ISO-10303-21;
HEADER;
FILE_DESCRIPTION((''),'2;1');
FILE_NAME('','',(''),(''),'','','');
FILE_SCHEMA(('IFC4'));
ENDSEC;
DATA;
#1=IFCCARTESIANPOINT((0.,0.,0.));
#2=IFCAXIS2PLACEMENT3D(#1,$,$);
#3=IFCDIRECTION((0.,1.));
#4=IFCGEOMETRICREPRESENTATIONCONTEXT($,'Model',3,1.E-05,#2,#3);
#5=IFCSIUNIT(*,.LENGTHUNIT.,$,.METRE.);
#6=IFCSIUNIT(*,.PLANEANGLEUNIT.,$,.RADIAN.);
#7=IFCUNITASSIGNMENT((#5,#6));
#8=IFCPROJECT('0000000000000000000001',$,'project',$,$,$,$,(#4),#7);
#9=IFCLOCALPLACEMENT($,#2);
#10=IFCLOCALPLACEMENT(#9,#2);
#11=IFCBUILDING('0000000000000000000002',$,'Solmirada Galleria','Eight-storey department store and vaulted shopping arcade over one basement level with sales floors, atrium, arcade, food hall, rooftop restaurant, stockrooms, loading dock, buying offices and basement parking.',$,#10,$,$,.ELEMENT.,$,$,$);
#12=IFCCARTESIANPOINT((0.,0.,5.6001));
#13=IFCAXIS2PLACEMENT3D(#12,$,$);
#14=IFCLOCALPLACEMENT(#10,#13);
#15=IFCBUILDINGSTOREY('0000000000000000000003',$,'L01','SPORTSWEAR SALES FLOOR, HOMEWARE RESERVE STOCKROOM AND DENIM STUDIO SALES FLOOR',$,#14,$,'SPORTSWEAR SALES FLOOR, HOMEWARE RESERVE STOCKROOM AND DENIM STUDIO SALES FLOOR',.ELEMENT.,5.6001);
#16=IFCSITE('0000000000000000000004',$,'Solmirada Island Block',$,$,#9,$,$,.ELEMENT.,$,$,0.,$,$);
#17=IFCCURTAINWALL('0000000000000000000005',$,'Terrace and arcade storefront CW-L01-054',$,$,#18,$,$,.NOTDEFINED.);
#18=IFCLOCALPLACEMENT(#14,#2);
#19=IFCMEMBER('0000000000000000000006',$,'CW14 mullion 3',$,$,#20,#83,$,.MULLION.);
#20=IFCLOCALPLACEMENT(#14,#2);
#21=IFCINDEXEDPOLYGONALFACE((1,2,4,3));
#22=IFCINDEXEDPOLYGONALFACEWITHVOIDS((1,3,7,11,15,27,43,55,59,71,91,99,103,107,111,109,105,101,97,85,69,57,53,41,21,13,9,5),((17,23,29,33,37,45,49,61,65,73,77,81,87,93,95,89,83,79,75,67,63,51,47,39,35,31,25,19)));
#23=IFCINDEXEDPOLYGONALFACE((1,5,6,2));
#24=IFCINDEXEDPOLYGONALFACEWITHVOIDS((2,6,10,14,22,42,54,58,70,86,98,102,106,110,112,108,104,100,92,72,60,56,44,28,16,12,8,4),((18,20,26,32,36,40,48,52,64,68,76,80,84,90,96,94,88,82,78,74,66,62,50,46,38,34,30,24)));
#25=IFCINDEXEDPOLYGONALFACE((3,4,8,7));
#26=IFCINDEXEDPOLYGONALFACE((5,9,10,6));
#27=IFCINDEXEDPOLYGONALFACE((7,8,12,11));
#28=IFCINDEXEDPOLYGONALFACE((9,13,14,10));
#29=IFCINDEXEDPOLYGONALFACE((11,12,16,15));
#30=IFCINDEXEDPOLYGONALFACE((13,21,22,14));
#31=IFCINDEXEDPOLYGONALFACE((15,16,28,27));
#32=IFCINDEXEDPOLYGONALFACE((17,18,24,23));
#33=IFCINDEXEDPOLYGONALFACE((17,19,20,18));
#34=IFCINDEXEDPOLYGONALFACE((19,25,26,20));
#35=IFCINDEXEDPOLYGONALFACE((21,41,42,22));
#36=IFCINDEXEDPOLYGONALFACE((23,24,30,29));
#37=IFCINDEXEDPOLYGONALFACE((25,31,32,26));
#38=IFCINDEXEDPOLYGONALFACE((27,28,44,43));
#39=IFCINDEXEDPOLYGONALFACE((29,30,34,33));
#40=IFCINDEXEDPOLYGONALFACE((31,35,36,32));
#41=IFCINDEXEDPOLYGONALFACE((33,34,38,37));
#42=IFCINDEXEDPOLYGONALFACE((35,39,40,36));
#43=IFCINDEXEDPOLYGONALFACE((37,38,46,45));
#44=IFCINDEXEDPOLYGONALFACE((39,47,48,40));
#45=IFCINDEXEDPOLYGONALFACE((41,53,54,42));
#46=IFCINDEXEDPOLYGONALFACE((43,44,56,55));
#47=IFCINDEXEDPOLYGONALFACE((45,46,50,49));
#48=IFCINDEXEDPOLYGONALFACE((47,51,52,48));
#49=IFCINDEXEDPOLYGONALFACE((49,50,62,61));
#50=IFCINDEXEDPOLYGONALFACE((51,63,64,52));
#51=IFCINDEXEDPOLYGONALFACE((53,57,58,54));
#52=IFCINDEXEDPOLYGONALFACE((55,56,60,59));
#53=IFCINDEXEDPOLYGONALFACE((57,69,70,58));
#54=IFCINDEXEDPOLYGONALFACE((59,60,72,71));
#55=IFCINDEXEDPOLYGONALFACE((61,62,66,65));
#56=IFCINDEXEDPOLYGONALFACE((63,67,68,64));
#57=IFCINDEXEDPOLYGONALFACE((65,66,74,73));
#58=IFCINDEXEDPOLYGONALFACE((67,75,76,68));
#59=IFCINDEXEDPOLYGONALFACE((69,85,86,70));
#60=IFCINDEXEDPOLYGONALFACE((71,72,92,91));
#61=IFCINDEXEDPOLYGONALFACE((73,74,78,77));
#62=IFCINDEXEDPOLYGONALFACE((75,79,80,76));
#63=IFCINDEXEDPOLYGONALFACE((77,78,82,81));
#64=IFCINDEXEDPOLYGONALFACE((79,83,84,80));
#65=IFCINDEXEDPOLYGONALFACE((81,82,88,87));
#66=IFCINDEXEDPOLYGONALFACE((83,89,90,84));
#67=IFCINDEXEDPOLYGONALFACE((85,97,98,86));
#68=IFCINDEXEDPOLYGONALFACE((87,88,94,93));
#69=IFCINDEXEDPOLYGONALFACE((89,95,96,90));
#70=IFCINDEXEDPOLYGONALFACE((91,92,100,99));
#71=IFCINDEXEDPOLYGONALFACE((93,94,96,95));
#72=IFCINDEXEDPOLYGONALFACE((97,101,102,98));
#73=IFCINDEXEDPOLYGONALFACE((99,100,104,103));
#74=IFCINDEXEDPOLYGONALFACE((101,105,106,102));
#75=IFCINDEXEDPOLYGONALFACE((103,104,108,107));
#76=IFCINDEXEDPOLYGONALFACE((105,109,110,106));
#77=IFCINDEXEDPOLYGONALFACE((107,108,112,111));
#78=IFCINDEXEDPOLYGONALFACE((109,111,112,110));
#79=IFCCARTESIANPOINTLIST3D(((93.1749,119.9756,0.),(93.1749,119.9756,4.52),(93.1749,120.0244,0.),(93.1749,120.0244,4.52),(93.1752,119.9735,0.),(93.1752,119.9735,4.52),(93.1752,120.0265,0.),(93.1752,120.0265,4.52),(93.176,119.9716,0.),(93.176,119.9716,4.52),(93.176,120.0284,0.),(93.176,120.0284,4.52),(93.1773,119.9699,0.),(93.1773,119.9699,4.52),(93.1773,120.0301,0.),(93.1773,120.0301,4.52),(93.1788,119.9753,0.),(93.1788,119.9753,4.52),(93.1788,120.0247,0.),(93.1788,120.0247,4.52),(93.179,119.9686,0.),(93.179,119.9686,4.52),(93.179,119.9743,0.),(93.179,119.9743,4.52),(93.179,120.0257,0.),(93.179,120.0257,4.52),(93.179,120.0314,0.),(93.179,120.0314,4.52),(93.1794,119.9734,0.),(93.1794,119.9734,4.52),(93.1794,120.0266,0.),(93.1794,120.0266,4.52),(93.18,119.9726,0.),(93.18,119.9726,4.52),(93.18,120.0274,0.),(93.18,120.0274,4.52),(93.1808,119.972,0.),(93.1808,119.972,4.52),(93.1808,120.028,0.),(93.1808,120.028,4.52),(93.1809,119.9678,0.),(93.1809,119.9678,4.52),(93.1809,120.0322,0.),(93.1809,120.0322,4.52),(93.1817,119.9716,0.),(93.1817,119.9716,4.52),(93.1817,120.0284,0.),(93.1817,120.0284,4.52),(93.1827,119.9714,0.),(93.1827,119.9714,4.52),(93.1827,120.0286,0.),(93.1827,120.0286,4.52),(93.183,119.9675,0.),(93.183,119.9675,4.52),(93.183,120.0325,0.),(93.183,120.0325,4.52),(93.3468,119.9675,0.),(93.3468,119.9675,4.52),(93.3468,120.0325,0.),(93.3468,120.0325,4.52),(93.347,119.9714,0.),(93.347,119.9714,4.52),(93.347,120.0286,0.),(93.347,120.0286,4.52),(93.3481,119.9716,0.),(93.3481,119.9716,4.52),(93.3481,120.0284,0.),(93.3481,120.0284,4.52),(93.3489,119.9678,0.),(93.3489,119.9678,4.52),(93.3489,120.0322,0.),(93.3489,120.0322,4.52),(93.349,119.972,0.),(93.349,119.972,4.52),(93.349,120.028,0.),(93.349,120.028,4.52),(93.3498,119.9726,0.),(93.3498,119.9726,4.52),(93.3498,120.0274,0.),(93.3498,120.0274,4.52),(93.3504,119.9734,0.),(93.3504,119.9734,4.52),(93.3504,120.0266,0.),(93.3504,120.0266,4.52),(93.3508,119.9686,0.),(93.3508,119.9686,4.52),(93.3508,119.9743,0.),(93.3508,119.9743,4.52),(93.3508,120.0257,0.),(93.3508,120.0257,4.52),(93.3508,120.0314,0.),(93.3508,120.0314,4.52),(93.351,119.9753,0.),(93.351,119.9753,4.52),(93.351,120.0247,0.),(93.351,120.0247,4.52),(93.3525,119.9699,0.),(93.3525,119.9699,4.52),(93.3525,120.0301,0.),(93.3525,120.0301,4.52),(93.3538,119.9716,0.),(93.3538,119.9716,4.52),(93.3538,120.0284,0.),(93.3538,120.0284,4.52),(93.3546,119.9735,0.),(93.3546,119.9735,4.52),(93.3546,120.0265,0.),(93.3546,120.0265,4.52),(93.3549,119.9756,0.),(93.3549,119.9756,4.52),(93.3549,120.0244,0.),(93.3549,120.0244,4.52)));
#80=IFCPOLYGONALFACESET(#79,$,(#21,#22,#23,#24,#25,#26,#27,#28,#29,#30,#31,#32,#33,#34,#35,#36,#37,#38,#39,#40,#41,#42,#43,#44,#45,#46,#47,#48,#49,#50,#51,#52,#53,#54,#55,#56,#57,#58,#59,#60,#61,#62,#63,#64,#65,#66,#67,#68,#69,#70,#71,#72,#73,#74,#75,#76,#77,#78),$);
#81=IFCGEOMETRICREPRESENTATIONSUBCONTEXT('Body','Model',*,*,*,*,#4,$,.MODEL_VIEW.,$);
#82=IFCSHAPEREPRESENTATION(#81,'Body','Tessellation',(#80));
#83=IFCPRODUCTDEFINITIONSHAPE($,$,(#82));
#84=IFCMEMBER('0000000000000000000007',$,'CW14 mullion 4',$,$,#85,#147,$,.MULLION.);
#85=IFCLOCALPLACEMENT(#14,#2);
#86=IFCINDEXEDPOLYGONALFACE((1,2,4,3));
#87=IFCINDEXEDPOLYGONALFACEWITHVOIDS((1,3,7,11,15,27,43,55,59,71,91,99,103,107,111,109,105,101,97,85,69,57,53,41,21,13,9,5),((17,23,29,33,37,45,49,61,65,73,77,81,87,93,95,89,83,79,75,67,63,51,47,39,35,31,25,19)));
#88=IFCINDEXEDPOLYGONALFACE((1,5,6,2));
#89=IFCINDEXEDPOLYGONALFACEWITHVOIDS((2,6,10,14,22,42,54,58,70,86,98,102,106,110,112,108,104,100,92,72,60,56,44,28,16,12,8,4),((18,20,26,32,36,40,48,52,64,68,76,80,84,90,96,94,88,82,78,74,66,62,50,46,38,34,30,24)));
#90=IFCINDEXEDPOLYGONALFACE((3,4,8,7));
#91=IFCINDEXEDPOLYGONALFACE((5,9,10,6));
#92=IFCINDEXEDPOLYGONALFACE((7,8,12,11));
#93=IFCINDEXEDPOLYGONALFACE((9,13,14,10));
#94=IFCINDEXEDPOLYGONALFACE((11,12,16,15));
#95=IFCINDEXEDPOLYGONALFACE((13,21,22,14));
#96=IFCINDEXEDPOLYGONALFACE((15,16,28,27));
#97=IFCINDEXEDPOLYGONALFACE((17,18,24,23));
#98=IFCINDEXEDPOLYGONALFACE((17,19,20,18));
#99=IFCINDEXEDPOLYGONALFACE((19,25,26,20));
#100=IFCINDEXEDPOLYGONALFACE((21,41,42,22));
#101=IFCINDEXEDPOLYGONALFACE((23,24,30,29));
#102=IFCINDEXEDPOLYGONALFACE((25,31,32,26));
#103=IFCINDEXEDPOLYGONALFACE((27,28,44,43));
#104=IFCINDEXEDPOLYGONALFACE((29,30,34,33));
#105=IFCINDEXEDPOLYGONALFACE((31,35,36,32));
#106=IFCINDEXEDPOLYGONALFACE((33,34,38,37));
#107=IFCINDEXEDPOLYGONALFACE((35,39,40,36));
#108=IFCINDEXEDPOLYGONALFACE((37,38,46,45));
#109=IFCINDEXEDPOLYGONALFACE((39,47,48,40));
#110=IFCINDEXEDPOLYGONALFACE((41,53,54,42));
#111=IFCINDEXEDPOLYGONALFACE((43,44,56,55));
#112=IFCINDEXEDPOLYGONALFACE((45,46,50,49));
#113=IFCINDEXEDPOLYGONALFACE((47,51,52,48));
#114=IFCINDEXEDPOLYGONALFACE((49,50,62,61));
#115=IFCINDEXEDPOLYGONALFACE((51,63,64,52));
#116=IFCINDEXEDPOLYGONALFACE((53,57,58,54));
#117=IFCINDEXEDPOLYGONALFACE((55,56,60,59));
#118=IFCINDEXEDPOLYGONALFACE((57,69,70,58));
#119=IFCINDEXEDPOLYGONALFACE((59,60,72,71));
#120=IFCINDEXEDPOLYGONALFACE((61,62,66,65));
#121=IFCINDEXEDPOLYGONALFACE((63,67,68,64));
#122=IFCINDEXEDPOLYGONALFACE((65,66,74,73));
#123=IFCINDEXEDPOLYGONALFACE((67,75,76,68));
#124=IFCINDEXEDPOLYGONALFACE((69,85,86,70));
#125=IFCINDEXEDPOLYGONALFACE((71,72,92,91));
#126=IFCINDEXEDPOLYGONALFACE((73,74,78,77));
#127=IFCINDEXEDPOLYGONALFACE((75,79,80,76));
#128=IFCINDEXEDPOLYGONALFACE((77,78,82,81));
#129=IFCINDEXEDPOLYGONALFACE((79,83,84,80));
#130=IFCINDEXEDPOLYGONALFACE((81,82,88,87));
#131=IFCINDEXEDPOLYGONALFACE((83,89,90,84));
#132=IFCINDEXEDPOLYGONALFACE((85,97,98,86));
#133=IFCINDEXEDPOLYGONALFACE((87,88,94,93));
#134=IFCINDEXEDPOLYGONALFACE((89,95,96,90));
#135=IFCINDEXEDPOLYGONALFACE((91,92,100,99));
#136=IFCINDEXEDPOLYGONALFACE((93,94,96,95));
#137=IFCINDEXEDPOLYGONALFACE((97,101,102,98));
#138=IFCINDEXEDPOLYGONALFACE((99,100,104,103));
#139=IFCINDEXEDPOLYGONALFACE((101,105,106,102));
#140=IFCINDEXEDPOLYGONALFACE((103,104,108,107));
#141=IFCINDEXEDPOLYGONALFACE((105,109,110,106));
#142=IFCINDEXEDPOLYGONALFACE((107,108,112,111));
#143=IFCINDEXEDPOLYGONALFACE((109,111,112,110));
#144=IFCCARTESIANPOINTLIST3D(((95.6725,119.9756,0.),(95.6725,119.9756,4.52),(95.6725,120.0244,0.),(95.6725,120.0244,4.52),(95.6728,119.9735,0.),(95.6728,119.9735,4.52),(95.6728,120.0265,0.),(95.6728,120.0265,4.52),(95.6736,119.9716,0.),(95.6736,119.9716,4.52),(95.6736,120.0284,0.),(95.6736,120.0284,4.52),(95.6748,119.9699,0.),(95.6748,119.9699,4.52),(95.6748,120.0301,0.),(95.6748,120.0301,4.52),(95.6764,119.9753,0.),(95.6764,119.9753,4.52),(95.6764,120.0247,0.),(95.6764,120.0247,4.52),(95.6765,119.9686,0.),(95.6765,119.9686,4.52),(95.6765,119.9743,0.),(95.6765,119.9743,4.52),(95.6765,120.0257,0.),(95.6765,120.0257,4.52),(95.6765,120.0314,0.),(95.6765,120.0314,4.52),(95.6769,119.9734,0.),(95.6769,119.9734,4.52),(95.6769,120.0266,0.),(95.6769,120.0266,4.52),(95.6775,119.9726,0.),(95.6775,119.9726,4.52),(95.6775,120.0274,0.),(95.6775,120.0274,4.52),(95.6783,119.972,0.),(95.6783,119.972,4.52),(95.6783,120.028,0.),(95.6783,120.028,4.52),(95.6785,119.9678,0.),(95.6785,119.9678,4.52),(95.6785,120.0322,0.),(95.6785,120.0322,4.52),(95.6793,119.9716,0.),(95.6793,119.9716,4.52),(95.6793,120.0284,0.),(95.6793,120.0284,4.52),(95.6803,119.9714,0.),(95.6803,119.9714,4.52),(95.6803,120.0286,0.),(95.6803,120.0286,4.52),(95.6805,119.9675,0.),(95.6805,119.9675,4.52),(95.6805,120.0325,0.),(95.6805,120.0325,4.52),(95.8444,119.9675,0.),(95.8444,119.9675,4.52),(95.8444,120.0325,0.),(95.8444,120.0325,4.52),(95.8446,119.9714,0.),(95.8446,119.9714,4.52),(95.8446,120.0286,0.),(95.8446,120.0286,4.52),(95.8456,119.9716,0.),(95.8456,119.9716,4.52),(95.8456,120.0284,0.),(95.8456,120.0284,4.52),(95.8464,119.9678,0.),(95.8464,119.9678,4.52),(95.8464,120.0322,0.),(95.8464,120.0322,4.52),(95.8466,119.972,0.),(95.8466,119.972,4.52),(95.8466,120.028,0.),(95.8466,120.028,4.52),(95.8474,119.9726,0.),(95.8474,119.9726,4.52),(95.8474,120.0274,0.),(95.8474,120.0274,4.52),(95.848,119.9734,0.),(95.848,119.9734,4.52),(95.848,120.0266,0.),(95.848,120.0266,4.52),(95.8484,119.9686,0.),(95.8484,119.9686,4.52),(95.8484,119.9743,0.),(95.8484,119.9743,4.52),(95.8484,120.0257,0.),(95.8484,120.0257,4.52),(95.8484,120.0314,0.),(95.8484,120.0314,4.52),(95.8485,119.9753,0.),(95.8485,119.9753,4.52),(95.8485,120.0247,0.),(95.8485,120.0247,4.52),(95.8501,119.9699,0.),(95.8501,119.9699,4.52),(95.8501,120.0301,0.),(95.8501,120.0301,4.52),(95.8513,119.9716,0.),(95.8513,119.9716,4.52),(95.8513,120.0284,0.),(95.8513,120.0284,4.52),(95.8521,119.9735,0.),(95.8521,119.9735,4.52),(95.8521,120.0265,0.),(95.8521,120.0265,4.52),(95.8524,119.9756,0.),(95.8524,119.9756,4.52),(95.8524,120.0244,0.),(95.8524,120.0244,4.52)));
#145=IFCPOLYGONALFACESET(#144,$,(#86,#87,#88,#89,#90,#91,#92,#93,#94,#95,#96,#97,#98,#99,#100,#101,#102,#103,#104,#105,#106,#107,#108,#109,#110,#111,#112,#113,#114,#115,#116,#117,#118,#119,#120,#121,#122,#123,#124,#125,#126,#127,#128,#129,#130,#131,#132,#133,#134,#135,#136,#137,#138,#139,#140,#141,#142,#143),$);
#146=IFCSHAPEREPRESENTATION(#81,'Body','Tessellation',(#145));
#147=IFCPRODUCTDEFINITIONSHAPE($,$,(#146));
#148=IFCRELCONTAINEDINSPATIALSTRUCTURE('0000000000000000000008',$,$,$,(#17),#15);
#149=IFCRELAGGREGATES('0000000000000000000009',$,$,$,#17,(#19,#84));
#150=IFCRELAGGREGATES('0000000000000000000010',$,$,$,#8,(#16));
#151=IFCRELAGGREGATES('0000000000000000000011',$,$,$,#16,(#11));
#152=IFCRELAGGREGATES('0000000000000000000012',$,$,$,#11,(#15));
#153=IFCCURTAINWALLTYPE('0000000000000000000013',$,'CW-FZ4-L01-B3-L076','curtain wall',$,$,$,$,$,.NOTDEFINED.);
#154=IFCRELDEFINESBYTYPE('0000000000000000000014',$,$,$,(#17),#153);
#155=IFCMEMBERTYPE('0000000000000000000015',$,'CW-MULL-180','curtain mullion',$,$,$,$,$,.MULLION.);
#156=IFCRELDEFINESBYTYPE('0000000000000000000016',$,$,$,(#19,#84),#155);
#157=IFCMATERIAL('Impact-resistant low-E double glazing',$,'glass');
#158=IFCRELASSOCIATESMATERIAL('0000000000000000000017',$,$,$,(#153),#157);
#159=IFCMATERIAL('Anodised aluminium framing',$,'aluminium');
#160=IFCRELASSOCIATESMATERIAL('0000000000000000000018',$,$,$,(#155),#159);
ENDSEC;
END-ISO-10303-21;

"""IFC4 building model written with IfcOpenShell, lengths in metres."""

from ifc_helpers import new_model, si_unit, direction, frame, origin, origin_2d, place, context, subcontext, project, spatial, hollow_rectangle, extrude, material, material_profile, profile_set, type_object, element, aggregate, save


model = new_model("IFC4")

# Units and contexts
model_context = context("Model", 3, precision=1e-05, world=origin(), true_north=direction((0.0, 1.0)))
body_context = subcontext(model_context, "Body", "Model", "MODEL_VIEW")
ifc_project = project(units=[si_unit("LENGTHUNIT", "METRE"), si_unit("PLANEANGLEUNIT", "RADIAN")], contexts=[model_context])

# Site, building, storey
site_placement = place(None, origin())
site = spatial("IfcSite", under=ifc_project, at=site_placement, Name="Solmirada Island Block", CompositionType="ELEMENT", RefElevation=0.0)
building_placement = place(site_placement, origin())
building = spatial("IfcBuilding", under=site, at=building_placement, Name="Solmirada Galleria", Description="Eight-storey department store and vaulted shopping arcade over one basement level with sales floors, atrium, arcade, food hall, rooftop restaurant, stockrooms, loading dock, buying offices and basement parking.", CompositionType="ELEMENT")
storey_placement = place(building_placement, frame((0.0, 0.0, 5.6001)))
storey = spatial("IfcBuildingStorey", under=building, at=storey_placement, Name="L01", Description="SPORTSWEAR SALES FLOOR, HOMEWARE RESERVE STOCKROOM AND DENIM STUDIO SALES FLOOR", LongName="SPORTSWEAR SALES FLOOR, HOMEWARE RESERVE STOCKROOM AND DENIM STUDIO SALES FLOOR", CompositionType="ELEMENT", Elevation=5.6001)

# Shared definitions
ifc_material_1 = material(Name="Impact-resistant low-E double glazing", Category="glass")
curtain_wall_type = type_object("IfcCurtainWallType", Name="CW-FZ4-L01-B3-L076", Description="curtain wall", PredefinedType="NOTDEFINED", material=ifc_material_1)
ifc_material_2 = material(Name="Anodised aluminium framing", Category="aluminium")
ifc_material_profile_1 = material_profile(ifc_material_2, hollow_rectangle(XDim=0.0649, YDim=0.1799, WallThickness=0.0039, InnerFilletRadius=0.0039, OuterFilletRadius=0.0081, at=origin_2d()), Name="ALU-MULL-180X65")
ifc_profile_set_1 = profile_set([ifc_material_profile_1], Name="Anodised aluminium framing")
member_type_1 = type_object("IfcMemberType", Name="CW-MULL-180", Description="curtain mullion", PredefinedType="MULLION", material=ifc_profile_set_1)

# Curtain wall, members
curtain_wall_1_placement = place(storey_placement, origin())
curtain_wall_1 = element("IfcCurtainWall", 1, at=curtain_wall_1_placement, inside=storey, type_object=curtain_wall_type, Name="Terrace and arcade storefront CW-L01-054", PredefinedType="NOTDEFINED")
member_1_placement = place(storey_placement, frame((93.2649, 120.0, 0.0), z_axis=(0.0, 0.0, 1.0), x_axis=(0.0, 1.0, 0.0)))
member_1 = element("IfcMember", 2, at=member_1_placement, type_object=member_type_1, Name="CW14 mullion 3", PredefinedType="MULLION", context=body_context, shape_type="SweptSolid", body=[
    extrude(hollow_rectangle(XDim=0.0649, YDim=0.1799, WallThickness=0.0039, InnerFilletRadius=0.0039, OuterFilletRadius=0.0081, at=origin_2d()), origin(), (0.0, 0.0, 1.0), 4.52),
])
member_2_placement = place(storey_placement, frame((95.7625, 120.0, 0.0), z_axis=(0.0, 0.0, 1.0), x_axis=(0.0, 1.0, 0.0)))
member_2 = element("IfcMember", 3, at=member_2_placement, type_object=member_type_1, Name="CW14 mullion 4", PredefinedType="MULLION", context=body_context, shape_type="SweptSolid", body=[
    extrude(hollow_rectangle(XDim=0.0649, YDim=0.1799, WallThickness=0.0039, InnerFilletRadius=0.0039, OuterFilletRadius=0.0081, at=origin_2d()), origin(), (0.0, 0.0, 1.0), 4.52),
])
aggregate(curtain_wall_1, [member_1, member_2])

save(model, "model.ifc")
